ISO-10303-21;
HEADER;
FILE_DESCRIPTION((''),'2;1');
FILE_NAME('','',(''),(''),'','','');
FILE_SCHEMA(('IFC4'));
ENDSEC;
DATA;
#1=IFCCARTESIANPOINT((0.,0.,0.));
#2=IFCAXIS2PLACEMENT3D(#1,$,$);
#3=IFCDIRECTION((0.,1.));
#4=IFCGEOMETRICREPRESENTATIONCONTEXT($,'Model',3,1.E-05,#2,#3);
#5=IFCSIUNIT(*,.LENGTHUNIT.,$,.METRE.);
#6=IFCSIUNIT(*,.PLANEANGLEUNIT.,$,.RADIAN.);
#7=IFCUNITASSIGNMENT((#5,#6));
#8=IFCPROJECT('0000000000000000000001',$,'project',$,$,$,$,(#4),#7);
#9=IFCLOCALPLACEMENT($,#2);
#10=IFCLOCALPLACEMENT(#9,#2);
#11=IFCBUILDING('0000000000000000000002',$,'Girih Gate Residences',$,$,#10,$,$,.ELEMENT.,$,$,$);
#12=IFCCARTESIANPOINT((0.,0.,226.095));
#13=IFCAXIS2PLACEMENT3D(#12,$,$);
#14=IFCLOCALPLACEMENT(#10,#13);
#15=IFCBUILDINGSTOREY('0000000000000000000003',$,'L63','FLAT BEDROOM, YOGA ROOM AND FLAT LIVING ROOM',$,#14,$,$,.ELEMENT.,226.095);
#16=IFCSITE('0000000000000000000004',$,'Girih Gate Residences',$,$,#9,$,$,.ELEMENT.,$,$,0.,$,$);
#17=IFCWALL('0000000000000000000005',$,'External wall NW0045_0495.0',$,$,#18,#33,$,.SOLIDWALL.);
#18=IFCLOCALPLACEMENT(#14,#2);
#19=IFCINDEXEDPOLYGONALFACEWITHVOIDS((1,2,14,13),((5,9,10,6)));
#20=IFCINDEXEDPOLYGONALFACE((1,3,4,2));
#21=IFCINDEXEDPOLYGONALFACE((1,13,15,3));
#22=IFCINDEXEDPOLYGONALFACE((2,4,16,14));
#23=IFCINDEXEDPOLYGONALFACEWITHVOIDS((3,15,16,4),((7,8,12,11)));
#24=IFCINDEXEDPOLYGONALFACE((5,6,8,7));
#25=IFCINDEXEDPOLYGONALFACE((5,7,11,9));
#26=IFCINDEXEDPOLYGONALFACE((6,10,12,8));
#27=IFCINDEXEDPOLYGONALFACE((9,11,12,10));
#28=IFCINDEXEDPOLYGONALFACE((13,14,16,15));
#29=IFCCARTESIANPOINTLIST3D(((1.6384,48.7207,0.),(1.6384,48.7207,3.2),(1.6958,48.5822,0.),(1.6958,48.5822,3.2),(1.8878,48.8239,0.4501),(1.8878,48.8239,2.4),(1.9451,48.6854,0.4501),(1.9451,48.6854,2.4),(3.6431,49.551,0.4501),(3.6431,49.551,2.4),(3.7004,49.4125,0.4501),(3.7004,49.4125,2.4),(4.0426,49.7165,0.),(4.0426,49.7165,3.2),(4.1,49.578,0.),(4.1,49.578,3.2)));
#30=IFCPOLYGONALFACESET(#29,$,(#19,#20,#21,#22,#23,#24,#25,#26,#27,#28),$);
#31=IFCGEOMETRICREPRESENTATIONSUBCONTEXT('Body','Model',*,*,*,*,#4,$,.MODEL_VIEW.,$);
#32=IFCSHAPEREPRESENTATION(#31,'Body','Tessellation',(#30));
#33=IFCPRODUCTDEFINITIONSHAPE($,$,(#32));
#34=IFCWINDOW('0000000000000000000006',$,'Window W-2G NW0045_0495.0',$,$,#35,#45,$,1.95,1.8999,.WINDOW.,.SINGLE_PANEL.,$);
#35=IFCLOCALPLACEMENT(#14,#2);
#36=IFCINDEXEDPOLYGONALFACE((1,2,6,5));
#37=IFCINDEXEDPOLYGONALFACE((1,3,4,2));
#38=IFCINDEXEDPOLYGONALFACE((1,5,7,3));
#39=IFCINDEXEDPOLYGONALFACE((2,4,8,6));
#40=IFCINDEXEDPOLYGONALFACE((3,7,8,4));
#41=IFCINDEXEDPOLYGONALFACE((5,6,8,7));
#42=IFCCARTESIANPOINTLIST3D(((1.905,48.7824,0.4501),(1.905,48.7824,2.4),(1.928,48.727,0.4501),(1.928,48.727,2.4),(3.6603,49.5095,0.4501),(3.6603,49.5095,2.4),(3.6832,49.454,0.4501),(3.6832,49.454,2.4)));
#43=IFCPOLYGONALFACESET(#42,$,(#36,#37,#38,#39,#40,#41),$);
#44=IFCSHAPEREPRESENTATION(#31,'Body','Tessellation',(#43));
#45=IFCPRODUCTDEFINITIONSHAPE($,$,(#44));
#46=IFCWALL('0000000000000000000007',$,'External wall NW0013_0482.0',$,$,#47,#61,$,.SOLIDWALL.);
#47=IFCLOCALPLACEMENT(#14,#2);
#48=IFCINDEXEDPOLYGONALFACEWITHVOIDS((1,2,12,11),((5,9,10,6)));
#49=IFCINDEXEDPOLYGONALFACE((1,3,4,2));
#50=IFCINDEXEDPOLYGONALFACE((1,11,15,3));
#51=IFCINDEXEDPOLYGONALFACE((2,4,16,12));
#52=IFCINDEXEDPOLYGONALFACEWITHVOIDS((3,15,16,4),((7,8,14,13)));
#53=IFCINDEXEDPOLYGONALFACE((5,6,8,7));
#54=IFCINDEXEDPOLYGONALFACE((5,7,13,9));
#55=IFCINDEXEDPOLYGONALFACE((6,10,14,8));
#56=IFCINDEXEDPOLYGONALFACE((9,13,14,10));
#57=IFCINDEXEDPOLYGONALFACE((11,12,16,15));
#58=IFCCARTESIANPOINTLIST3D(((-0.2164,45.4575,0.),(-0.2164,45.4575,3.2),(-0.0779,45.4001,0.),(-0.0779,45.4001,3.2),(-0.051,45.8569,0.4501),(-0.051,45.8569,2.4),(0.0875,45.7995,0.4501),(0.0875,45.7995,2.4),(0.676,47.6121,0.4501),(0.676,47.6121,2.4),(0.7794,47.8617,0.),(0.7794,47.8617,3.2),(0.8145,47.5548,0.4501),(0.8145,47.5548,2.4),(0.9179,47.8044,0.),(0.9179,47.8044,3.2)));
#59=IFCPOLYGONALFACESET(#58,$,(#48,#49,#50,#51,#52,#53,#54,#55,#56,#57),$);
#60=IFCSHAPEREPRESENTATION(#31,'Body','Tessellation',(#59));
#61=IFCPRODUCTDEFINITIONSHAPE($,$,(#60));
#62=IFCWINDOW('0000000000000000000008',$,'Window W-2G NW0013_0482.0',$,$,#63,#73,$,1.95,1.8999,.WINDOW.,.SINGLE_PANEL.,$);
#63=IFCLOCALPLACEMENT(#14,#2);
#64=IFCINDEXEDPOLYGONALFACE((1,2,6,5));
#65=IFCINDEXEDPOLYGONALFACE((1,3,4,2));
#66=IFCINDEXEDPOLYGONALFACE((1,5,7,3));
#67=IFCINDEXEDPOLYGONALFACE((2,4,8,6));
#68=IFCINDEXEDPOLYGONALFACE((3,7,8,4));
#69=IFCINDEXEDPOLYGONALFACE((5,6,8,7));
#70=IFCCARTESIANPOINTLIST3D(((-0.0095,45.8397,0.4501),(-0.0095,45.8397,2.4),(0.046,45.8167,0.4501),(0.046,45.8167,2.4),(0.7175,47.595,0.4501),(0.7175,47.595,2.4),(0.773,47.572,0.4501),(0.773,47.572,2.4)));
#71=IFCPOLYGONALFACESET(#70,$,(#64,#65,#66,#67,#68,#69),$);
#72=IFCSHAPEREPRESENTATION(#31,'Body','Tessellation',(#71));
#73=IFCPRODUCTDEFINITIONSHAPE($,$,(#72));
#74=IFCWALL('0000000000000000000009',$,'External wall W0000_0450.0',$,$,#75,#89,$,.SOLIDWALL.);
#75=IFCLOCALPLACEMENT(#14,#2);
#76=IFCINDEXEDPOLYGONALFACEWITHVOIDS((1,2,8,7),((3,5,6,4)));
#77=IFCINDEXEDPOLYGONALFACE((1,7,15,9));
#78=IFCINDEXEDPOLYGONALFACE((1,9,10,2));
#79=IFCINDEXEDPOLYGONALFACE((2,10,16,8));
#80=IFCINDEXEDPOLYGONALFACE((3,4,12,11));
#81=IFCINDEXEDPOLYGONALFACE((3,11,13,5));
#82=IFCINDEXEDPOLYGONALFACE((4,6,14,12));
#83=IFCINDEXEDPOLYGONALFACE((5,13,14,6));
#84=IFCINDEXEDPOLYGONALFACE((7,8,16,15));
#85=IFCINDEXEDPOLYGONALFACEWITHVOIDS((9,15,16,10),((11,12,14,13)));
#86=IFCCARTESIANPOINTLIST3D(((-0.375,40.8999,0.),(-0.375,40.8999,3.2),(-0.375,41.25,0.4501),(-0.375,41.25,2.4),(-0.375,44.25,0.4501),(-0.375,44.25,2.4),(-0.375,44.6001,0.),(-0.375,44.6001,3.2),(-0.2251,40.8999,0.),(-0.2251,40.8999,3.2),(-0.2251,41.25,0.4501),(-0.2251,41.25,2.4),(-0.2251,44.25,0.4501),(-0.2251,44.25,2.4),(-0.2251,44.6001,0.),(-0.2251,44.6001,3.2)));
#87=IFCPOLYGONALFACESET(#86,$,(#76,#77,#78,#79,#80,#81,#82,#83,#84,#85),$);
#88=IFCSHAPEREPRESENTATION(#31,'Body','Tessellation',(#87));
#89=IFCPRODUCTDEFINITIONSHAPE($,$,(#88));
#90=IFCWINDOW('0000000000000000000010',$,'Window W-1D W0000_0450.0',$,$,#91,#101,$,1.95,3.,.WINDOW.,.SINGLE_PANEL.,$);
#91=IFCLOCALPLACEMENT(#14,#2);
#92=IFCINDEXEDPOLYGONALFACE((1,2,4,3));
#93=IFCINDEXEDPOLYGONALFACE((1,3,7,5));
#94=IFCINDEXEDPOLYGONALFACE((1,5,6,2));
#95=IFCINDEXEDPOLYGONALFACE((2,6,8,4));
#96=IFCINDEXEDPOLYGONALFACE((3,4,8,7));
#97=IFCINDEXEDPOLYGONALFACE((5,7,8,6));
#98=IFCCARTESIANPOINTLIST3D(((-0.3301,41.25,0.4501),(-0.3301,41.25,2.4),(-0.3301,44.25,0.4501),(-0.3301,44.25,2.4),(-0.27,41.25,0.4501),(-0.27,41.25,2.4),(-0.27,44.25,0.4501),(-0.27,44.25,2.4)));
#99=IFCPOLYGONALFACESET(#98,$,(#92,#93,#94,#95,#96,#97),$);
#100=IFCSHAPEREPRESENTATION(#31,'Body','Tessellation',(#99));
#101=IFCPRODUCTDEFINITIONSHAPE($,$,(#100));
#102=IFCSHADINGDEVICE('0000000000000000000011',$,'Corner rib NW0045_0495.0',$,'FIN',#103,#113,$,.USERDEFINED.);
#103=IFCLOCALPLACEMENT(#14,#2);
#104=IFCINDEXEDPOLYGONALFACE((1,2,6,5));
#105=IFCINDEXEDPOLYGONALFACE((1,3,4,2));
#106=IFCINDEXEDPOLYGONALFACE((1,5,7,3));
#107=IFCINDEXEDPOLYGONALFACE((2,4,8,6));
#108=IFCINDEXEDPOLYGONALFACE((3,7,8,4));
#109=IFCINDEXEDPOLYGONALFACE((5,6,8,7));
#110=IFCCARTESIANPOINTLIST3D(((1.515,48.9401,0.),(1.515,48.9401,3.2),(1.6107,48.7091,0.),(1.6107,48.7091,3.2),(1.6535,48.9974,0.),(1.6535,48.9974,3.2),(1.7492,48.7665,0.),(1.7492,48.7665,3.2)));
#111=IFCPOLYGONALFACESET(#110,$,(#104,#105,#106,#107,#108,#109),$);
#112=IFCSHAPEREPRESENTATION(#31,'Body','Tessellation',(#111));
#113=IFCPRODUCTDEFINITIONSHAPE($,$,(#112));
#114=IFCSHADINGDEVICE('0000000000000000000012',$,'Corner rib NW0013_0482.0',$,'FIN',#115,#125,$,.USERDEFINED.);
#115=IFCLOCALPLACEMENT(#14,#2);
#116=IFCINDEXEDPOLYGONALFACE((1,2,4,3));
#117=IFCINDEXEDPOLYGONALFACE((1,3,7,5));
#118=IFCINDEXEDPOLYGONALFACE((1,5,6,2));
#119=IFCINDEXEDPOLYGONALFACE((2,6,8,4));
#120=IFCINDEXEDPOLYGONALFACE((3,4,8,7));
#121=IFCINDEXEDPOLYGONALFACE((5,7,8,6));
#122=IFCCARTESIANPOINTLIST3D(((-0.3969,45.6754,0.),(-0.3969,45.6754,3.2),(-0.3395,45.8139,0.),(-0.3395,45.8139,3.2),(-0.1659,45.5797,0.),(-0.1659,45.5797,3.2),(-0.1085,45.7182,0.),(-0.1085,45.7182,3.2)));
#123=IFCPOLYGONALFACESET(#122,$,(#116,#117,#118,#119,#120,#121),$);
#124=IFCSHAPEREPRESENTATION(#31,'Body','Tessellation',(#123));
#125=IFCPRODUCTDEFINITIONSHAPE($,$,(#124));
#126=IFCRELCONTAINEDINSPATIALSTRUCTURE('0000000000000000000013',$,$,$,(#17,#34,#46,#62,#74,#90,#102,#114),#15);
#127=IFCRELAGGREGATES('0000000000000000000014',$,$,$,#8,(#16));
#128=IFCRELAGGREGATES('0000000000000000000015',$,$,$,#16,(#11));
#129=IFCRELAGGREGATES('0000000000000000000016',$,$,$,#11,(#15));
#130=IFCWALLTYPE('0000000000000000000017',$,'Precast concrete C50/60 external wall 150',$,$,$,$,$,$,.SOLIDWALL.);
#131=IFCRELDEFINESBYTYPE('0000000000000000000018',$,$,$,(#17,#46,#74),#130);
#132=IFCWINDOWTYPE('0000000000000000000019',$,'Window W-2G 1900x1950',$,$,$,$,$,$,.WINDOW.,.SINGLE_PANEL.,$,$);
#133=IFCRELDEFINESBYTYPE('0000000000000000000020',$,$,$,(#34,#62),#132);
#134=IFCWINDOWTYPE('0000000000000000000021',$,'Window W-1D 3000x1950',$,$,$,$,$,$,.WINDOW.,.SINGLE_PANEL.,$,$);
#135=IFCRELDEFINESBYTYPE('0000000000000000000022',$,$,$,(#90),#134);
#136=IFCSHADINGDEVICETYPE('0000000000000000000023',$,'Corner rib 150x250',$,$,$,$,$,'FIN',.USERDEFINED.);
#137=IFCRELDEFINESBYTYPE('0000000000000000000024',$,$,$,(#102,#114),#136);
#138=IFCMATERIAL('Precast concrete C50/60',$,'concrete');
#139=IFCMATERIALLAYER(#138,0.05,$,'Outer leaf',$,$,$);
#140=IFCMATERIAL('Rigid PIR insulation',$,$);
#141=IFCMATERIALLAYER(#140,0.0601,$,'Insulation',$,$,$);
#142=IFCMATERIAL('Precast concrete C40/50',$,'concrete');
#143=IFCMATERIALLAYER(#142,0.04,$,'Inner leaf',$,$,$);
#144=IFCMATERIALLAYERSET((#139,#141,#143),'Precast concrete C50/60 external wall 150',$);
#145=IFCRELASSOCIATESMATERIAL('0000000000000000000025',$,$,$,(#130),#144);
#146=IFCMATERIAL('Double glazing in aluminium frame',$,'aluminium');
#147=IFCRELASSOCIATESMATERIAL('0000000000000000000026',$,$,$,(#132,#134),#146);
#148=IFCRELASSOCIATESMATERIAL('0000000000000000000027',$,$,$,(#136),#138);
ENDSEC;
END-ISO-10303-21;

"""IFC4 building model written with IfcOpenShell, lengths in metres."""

from ifc_helpers import new_model, si_unit, direction, frame, frame_2d, origin, origin_2d, place, context, subcontext, project, spatial, rectangle, extrude, material, layer, layer_set, type_object, element, fill, save


model = new_model("IFC4")

# Units and contexts
model_context = context("Model", 3, precision=1e-05, world=origin(), true_north=direction((0.0, 1.0)))
body_context = subcontext(model_context, "Body", "Model", "MODEL_VIEW")
ifc_project = project(units=[si_unit("LENGTHUNIT", "METRE"), si_unit("PLANEANGLEUNIT", "RADIAN")], contexts=[model_context])

# Site, building, storey
site_placement = place(None, origin())
site = spatial("IfcSite", under=ifc_project, at=site_placement, Name="Girih Gate Residences", CompositionType="ELEMENT", RefElevation=0.0)
building_placement = place(site_placement, origin())
building = spatial("IfcBuilding", under=site, at=building_placement, Name="Girih Gate Residences", CompositionType="ELEMENT")
storey_placement = place(building_placement, frame((0.0, 0.0, 226.095)))
storey = spatial("IfcBuildingStorey", under=building, at=storey_placement, Name="L63", Description="FLAT BEDROOM, YOGA ROOM AND FLAT LIVING ROOM", CompositionType="ELEMENT", Elevation=226.095)

# Walls, openings, windows
ifc_material_1 = material(Name="Precast concrete C50/60", Category="concrete")
ifc_layer_1 = layer(ifc_material_1, 0.05, Name="Outer leaf")
ifc_material_2 = material(Name="Rigid PIR insulation")
ifc_layer_2 = layer(ifc_material_2, 0.0601, Name="Insulation")
ifc_material_3 = material(Name="Precast concrete C40/50", Category="concrete")
ifc_layer_3 = layer(ifc_material_3, 0.04, Name="Inner leaf")
ifc_layer_set_1 = layer_set([ifc_layer_1, ifc_layer_2, ifc_layer_3], Name="Precast concrete C50/60 external wall 150")
wall_type_1 = type_object("IfcWallType", Name="Precast concrete C50/60 external wall 150", PredefinedType="SOLIDWALL", material=ifc_layer_set_1)
wall_1_placement = place(storey_placement, frame((1.667, 48.6514, 0.0), z_axis=(0.0, 0.0, 1.0), x_axis=(0.923885, 0.382669, 0.0)))
wall_1 = element("IfcWall", 1, at=wall_1_placement, inside=storey, type_object=wall_type_1, Name="External wall NW0045_0495.0", PredefinedType="SOLIDWALL", context=body_context, shape_type="SweptSolid", body=[
    extrude(rectangle(XDim=2.6023, YDim=0.1499, at=frame_2d((1.3013, 0.0))), origin(), (0.0, 0.0, 1.0), 3.2),
])
opening_1_placement = place(wall_1_placement, frame((0.27, 0.0, 0.45)))
opening_1 = element("IfcOpeningElement", 2, at=opening_1_placement, cuts=wall_1, PredefinedType="OPENING", context=body_context, shape_type="SweptSolid", body=[
    extrude(rectangle(XDim=1.8999, YDim=1.95, at=frame_2d((0.95, 0.9751))), frame((0.0, 0.085, 0.0), z_axis=(0.0, -1.0, 0.0), x_axis=(1.0, 0.0, 0.0)), (0.0, 0.0, 1.0), 0.1699),
])
ifc_material_4 = material(Name="Double glazing in aluminium frame", Category="aluminium")
window_type_1 = type_object("IfcWindowType", Name="Window W-2G 1900x1950", PartitioningType="SINGLE_PANEL", PredefinedType="WINDOW", material=ifc_material_4)
window_1_placement = place(opening_1_placement, origin())
window_1 = element("IfcWindow", 3, at=window_1_placement, inside=storey, type_object=window_type_1, Name="Window W-2G NW0045_0495.0", OverallHeight=1.95, OverallWidth=1.8999, PartitioningType="SINGLE_PANEL", PredefinedType="WINDOW", context=body_context, shape_type="SweptSolid", body=[
    extrude(rectangle(XDim=1.8999, YDim=1.95, at=frame_2d((0.95, 0.9751))), frame((0.0, 0.03, 0.0), z_axis=(0.0, -1.0, 0.0), x_axis=(1.0, 0.0, 0.0)), (0.0, 0.0, 1.0), 0.0601),
])
fill(opening_1, window_1)
wall_2_placement = place(storey_placement, frame((-0.1472, 45.4287, 0.0), z_axis=(0.0, 0.0, 1.0), x_axis=(0.382669, 0.923885, 0.0)))
wall_2 = element("IfcWall", 4, at=wall_2_placement, inside=storey, type_object=wall_type_1, Name="External wall NW0013_0482.0", PredefinedType="SOLIDWALL", context=body_context, shape_type="SweptSolid", body=[
    extrude(rectangle(XDim=2.6023, YDim=0.1499, at=frame_2d((1.3013, 0.0))), origin(), (0.0, 0.0, 1.0), 3.2),
])
opening_2_placement = place(wall_2_placement, frame((0.4324, 0.0, 0.45)))
opening_2 = element("IfcOpeningElement", 5, at=opening_2_placement, cuts=wall_2, PredefinedType="OPENING", context=body_context, shape_type="SweptSolid", body=[
    extrude(rectangle(XDim=1.8999, YDim=1.95, at=frame_2d((0.95, 0.9751))), frame((0.0, 0.085, 0.0), z_axis=(0.0, -1.0, 0.0), x_axis=(1.0, 0.0, 0.0)), (0.0, 0.0, 1.0), 0.1699),
])
window_2_placement = place(opening_2_placement, origin())
window_2 = element("IfcWindow", 6, at=window_2_placement, inside=storey, type_object=window_type_1, Name="Window W-2G NW0013_0482.0", OverallHeight=1.95, OverallWidth=1.8999, PartitioningType="SINGLE_PANEL", PredefinedType="WINDOW", context=body_context, shape_type="SweptSolid", body=[
    extrude(rectangle(XDim=1.8999, YDim=1.95, at=frame_2d((0.95, 0.9751))), frame((0.0, 0.03, 0.0), z_axis=(0.0, -1.0, 0.0), x_axis=(1.0, 0.0, 0.0)), (0.0, 0.0, 1.0), 0.0601),
])
fill(opening_2, window_2)
wall_3_placement = place(storey_placement, frame((-0.3, 40.8999, 0.0), z_axis=(0.0, 0.0, 1.0), x_axis=(0.0, 1.0, 0.0)))
wall_3 = element("IfcWall", 7, at=wall_3_placement, inside=storey, type_object=wall_type_1, Name="External wall W0000_0450.0", PredefinedType="SOLIDWALL", context=body_context, shape_type="SweptSolid", body=[
    extrude(rectangle(XDim=3.7002, YDim=0.1499, at=frame_2d((1.8501, 0.0))), origin(), (0.0, 0.0, 1.0), 3.2),
])
opening_3_placement = place(wall_3_placement, frame((0.3501, 0.0, 0.45)))
opening_3 = element("IfcOpeningElement", 8, at=opening_3_placement, cuts=wall_3, PredefinedType="OPENING", context=body_context, shape_type="SweptSolid", body=[
    extrude(rectangle(XDim=3.0, YDim=1.95, at=frame_2d((1.5, 0.9751))), frame((0.0, 0.085, 0.0), z_axis=(0.0, -1.0, 0.0), x_axis=(1.0, 0.0, 0.0)), (0.0, 0.0, 1.0), 0.1699),
])
window_type_2 = type_object("IfcWindowType", Name="Window W-1D 3000x1950", PartitioningType="SINGLE_PANEL", PredefinedType="WINDOW", material=ifc_material_4)
window_3_placement = place(opening_3_placement, origin())
window_3 = element("IfcWindow", 9, at=window_3_placement, inside=storey, type_object=window_type_2, Name="Window W-1D W0000_0450.0", OverallHeight=1.95, OverallWidth=3.0, PartitioningType="SINGLE_PANEL", PredefinedType="WINDOW", context=body_context, shape_type="SweptSolid", body=[
    extrude(rectangle(XDim=3.0, YDim=1.95, at=frame_2d((1.5, 0.9751))), frame((0.0, 0.03, 0.0), z_axis=(0.0, -1.0, 0.0), x_axis=(1.0, 0.0, 0.0)), (0.0, 0.0, 1.0), 0.0601),
])
fill(opening_3, window_3)

# Shading devices
shading_device_type = type_object("IfcShadingDeviceType", Name="Corner rib 150x250", ElementType="FIN", PredefinedType="USERDEFINED", material=ifc_material_1)
for number, where, z_axis, x_axis, name in (
    (10, (1.6321, 48.8533, 0.0), (0.0, 0.0, 1.0), (-0.92388, -0.382683, 0.0), "Corner rib NW0045_0495.0"),
    (11, (-0.2527, 45.6968, 0.0), (0.0, 0.0, 1.0), (-0.382683, -0.92388, 0.0), "Corner rib NW0013_0482.0"),
):
    element("IfcShadingDevice", number, at=place(storey_placement, frame(where, z_axis=z_axis, x_axis=x_axis)), inside=storey, type_object=shading_device_type, Name=name, ObjectType="FIN", PredefinedType="USERDEFINED", context=body_context, shape_type="SweptSolid", body=[
        extrude(rectangle(XDim=0.1499, YDim=0.25, at=origin_2d()), origin(), (0.0, 0.0, 1.0), 3.2),
    ])

save(model, "model.ifc")
